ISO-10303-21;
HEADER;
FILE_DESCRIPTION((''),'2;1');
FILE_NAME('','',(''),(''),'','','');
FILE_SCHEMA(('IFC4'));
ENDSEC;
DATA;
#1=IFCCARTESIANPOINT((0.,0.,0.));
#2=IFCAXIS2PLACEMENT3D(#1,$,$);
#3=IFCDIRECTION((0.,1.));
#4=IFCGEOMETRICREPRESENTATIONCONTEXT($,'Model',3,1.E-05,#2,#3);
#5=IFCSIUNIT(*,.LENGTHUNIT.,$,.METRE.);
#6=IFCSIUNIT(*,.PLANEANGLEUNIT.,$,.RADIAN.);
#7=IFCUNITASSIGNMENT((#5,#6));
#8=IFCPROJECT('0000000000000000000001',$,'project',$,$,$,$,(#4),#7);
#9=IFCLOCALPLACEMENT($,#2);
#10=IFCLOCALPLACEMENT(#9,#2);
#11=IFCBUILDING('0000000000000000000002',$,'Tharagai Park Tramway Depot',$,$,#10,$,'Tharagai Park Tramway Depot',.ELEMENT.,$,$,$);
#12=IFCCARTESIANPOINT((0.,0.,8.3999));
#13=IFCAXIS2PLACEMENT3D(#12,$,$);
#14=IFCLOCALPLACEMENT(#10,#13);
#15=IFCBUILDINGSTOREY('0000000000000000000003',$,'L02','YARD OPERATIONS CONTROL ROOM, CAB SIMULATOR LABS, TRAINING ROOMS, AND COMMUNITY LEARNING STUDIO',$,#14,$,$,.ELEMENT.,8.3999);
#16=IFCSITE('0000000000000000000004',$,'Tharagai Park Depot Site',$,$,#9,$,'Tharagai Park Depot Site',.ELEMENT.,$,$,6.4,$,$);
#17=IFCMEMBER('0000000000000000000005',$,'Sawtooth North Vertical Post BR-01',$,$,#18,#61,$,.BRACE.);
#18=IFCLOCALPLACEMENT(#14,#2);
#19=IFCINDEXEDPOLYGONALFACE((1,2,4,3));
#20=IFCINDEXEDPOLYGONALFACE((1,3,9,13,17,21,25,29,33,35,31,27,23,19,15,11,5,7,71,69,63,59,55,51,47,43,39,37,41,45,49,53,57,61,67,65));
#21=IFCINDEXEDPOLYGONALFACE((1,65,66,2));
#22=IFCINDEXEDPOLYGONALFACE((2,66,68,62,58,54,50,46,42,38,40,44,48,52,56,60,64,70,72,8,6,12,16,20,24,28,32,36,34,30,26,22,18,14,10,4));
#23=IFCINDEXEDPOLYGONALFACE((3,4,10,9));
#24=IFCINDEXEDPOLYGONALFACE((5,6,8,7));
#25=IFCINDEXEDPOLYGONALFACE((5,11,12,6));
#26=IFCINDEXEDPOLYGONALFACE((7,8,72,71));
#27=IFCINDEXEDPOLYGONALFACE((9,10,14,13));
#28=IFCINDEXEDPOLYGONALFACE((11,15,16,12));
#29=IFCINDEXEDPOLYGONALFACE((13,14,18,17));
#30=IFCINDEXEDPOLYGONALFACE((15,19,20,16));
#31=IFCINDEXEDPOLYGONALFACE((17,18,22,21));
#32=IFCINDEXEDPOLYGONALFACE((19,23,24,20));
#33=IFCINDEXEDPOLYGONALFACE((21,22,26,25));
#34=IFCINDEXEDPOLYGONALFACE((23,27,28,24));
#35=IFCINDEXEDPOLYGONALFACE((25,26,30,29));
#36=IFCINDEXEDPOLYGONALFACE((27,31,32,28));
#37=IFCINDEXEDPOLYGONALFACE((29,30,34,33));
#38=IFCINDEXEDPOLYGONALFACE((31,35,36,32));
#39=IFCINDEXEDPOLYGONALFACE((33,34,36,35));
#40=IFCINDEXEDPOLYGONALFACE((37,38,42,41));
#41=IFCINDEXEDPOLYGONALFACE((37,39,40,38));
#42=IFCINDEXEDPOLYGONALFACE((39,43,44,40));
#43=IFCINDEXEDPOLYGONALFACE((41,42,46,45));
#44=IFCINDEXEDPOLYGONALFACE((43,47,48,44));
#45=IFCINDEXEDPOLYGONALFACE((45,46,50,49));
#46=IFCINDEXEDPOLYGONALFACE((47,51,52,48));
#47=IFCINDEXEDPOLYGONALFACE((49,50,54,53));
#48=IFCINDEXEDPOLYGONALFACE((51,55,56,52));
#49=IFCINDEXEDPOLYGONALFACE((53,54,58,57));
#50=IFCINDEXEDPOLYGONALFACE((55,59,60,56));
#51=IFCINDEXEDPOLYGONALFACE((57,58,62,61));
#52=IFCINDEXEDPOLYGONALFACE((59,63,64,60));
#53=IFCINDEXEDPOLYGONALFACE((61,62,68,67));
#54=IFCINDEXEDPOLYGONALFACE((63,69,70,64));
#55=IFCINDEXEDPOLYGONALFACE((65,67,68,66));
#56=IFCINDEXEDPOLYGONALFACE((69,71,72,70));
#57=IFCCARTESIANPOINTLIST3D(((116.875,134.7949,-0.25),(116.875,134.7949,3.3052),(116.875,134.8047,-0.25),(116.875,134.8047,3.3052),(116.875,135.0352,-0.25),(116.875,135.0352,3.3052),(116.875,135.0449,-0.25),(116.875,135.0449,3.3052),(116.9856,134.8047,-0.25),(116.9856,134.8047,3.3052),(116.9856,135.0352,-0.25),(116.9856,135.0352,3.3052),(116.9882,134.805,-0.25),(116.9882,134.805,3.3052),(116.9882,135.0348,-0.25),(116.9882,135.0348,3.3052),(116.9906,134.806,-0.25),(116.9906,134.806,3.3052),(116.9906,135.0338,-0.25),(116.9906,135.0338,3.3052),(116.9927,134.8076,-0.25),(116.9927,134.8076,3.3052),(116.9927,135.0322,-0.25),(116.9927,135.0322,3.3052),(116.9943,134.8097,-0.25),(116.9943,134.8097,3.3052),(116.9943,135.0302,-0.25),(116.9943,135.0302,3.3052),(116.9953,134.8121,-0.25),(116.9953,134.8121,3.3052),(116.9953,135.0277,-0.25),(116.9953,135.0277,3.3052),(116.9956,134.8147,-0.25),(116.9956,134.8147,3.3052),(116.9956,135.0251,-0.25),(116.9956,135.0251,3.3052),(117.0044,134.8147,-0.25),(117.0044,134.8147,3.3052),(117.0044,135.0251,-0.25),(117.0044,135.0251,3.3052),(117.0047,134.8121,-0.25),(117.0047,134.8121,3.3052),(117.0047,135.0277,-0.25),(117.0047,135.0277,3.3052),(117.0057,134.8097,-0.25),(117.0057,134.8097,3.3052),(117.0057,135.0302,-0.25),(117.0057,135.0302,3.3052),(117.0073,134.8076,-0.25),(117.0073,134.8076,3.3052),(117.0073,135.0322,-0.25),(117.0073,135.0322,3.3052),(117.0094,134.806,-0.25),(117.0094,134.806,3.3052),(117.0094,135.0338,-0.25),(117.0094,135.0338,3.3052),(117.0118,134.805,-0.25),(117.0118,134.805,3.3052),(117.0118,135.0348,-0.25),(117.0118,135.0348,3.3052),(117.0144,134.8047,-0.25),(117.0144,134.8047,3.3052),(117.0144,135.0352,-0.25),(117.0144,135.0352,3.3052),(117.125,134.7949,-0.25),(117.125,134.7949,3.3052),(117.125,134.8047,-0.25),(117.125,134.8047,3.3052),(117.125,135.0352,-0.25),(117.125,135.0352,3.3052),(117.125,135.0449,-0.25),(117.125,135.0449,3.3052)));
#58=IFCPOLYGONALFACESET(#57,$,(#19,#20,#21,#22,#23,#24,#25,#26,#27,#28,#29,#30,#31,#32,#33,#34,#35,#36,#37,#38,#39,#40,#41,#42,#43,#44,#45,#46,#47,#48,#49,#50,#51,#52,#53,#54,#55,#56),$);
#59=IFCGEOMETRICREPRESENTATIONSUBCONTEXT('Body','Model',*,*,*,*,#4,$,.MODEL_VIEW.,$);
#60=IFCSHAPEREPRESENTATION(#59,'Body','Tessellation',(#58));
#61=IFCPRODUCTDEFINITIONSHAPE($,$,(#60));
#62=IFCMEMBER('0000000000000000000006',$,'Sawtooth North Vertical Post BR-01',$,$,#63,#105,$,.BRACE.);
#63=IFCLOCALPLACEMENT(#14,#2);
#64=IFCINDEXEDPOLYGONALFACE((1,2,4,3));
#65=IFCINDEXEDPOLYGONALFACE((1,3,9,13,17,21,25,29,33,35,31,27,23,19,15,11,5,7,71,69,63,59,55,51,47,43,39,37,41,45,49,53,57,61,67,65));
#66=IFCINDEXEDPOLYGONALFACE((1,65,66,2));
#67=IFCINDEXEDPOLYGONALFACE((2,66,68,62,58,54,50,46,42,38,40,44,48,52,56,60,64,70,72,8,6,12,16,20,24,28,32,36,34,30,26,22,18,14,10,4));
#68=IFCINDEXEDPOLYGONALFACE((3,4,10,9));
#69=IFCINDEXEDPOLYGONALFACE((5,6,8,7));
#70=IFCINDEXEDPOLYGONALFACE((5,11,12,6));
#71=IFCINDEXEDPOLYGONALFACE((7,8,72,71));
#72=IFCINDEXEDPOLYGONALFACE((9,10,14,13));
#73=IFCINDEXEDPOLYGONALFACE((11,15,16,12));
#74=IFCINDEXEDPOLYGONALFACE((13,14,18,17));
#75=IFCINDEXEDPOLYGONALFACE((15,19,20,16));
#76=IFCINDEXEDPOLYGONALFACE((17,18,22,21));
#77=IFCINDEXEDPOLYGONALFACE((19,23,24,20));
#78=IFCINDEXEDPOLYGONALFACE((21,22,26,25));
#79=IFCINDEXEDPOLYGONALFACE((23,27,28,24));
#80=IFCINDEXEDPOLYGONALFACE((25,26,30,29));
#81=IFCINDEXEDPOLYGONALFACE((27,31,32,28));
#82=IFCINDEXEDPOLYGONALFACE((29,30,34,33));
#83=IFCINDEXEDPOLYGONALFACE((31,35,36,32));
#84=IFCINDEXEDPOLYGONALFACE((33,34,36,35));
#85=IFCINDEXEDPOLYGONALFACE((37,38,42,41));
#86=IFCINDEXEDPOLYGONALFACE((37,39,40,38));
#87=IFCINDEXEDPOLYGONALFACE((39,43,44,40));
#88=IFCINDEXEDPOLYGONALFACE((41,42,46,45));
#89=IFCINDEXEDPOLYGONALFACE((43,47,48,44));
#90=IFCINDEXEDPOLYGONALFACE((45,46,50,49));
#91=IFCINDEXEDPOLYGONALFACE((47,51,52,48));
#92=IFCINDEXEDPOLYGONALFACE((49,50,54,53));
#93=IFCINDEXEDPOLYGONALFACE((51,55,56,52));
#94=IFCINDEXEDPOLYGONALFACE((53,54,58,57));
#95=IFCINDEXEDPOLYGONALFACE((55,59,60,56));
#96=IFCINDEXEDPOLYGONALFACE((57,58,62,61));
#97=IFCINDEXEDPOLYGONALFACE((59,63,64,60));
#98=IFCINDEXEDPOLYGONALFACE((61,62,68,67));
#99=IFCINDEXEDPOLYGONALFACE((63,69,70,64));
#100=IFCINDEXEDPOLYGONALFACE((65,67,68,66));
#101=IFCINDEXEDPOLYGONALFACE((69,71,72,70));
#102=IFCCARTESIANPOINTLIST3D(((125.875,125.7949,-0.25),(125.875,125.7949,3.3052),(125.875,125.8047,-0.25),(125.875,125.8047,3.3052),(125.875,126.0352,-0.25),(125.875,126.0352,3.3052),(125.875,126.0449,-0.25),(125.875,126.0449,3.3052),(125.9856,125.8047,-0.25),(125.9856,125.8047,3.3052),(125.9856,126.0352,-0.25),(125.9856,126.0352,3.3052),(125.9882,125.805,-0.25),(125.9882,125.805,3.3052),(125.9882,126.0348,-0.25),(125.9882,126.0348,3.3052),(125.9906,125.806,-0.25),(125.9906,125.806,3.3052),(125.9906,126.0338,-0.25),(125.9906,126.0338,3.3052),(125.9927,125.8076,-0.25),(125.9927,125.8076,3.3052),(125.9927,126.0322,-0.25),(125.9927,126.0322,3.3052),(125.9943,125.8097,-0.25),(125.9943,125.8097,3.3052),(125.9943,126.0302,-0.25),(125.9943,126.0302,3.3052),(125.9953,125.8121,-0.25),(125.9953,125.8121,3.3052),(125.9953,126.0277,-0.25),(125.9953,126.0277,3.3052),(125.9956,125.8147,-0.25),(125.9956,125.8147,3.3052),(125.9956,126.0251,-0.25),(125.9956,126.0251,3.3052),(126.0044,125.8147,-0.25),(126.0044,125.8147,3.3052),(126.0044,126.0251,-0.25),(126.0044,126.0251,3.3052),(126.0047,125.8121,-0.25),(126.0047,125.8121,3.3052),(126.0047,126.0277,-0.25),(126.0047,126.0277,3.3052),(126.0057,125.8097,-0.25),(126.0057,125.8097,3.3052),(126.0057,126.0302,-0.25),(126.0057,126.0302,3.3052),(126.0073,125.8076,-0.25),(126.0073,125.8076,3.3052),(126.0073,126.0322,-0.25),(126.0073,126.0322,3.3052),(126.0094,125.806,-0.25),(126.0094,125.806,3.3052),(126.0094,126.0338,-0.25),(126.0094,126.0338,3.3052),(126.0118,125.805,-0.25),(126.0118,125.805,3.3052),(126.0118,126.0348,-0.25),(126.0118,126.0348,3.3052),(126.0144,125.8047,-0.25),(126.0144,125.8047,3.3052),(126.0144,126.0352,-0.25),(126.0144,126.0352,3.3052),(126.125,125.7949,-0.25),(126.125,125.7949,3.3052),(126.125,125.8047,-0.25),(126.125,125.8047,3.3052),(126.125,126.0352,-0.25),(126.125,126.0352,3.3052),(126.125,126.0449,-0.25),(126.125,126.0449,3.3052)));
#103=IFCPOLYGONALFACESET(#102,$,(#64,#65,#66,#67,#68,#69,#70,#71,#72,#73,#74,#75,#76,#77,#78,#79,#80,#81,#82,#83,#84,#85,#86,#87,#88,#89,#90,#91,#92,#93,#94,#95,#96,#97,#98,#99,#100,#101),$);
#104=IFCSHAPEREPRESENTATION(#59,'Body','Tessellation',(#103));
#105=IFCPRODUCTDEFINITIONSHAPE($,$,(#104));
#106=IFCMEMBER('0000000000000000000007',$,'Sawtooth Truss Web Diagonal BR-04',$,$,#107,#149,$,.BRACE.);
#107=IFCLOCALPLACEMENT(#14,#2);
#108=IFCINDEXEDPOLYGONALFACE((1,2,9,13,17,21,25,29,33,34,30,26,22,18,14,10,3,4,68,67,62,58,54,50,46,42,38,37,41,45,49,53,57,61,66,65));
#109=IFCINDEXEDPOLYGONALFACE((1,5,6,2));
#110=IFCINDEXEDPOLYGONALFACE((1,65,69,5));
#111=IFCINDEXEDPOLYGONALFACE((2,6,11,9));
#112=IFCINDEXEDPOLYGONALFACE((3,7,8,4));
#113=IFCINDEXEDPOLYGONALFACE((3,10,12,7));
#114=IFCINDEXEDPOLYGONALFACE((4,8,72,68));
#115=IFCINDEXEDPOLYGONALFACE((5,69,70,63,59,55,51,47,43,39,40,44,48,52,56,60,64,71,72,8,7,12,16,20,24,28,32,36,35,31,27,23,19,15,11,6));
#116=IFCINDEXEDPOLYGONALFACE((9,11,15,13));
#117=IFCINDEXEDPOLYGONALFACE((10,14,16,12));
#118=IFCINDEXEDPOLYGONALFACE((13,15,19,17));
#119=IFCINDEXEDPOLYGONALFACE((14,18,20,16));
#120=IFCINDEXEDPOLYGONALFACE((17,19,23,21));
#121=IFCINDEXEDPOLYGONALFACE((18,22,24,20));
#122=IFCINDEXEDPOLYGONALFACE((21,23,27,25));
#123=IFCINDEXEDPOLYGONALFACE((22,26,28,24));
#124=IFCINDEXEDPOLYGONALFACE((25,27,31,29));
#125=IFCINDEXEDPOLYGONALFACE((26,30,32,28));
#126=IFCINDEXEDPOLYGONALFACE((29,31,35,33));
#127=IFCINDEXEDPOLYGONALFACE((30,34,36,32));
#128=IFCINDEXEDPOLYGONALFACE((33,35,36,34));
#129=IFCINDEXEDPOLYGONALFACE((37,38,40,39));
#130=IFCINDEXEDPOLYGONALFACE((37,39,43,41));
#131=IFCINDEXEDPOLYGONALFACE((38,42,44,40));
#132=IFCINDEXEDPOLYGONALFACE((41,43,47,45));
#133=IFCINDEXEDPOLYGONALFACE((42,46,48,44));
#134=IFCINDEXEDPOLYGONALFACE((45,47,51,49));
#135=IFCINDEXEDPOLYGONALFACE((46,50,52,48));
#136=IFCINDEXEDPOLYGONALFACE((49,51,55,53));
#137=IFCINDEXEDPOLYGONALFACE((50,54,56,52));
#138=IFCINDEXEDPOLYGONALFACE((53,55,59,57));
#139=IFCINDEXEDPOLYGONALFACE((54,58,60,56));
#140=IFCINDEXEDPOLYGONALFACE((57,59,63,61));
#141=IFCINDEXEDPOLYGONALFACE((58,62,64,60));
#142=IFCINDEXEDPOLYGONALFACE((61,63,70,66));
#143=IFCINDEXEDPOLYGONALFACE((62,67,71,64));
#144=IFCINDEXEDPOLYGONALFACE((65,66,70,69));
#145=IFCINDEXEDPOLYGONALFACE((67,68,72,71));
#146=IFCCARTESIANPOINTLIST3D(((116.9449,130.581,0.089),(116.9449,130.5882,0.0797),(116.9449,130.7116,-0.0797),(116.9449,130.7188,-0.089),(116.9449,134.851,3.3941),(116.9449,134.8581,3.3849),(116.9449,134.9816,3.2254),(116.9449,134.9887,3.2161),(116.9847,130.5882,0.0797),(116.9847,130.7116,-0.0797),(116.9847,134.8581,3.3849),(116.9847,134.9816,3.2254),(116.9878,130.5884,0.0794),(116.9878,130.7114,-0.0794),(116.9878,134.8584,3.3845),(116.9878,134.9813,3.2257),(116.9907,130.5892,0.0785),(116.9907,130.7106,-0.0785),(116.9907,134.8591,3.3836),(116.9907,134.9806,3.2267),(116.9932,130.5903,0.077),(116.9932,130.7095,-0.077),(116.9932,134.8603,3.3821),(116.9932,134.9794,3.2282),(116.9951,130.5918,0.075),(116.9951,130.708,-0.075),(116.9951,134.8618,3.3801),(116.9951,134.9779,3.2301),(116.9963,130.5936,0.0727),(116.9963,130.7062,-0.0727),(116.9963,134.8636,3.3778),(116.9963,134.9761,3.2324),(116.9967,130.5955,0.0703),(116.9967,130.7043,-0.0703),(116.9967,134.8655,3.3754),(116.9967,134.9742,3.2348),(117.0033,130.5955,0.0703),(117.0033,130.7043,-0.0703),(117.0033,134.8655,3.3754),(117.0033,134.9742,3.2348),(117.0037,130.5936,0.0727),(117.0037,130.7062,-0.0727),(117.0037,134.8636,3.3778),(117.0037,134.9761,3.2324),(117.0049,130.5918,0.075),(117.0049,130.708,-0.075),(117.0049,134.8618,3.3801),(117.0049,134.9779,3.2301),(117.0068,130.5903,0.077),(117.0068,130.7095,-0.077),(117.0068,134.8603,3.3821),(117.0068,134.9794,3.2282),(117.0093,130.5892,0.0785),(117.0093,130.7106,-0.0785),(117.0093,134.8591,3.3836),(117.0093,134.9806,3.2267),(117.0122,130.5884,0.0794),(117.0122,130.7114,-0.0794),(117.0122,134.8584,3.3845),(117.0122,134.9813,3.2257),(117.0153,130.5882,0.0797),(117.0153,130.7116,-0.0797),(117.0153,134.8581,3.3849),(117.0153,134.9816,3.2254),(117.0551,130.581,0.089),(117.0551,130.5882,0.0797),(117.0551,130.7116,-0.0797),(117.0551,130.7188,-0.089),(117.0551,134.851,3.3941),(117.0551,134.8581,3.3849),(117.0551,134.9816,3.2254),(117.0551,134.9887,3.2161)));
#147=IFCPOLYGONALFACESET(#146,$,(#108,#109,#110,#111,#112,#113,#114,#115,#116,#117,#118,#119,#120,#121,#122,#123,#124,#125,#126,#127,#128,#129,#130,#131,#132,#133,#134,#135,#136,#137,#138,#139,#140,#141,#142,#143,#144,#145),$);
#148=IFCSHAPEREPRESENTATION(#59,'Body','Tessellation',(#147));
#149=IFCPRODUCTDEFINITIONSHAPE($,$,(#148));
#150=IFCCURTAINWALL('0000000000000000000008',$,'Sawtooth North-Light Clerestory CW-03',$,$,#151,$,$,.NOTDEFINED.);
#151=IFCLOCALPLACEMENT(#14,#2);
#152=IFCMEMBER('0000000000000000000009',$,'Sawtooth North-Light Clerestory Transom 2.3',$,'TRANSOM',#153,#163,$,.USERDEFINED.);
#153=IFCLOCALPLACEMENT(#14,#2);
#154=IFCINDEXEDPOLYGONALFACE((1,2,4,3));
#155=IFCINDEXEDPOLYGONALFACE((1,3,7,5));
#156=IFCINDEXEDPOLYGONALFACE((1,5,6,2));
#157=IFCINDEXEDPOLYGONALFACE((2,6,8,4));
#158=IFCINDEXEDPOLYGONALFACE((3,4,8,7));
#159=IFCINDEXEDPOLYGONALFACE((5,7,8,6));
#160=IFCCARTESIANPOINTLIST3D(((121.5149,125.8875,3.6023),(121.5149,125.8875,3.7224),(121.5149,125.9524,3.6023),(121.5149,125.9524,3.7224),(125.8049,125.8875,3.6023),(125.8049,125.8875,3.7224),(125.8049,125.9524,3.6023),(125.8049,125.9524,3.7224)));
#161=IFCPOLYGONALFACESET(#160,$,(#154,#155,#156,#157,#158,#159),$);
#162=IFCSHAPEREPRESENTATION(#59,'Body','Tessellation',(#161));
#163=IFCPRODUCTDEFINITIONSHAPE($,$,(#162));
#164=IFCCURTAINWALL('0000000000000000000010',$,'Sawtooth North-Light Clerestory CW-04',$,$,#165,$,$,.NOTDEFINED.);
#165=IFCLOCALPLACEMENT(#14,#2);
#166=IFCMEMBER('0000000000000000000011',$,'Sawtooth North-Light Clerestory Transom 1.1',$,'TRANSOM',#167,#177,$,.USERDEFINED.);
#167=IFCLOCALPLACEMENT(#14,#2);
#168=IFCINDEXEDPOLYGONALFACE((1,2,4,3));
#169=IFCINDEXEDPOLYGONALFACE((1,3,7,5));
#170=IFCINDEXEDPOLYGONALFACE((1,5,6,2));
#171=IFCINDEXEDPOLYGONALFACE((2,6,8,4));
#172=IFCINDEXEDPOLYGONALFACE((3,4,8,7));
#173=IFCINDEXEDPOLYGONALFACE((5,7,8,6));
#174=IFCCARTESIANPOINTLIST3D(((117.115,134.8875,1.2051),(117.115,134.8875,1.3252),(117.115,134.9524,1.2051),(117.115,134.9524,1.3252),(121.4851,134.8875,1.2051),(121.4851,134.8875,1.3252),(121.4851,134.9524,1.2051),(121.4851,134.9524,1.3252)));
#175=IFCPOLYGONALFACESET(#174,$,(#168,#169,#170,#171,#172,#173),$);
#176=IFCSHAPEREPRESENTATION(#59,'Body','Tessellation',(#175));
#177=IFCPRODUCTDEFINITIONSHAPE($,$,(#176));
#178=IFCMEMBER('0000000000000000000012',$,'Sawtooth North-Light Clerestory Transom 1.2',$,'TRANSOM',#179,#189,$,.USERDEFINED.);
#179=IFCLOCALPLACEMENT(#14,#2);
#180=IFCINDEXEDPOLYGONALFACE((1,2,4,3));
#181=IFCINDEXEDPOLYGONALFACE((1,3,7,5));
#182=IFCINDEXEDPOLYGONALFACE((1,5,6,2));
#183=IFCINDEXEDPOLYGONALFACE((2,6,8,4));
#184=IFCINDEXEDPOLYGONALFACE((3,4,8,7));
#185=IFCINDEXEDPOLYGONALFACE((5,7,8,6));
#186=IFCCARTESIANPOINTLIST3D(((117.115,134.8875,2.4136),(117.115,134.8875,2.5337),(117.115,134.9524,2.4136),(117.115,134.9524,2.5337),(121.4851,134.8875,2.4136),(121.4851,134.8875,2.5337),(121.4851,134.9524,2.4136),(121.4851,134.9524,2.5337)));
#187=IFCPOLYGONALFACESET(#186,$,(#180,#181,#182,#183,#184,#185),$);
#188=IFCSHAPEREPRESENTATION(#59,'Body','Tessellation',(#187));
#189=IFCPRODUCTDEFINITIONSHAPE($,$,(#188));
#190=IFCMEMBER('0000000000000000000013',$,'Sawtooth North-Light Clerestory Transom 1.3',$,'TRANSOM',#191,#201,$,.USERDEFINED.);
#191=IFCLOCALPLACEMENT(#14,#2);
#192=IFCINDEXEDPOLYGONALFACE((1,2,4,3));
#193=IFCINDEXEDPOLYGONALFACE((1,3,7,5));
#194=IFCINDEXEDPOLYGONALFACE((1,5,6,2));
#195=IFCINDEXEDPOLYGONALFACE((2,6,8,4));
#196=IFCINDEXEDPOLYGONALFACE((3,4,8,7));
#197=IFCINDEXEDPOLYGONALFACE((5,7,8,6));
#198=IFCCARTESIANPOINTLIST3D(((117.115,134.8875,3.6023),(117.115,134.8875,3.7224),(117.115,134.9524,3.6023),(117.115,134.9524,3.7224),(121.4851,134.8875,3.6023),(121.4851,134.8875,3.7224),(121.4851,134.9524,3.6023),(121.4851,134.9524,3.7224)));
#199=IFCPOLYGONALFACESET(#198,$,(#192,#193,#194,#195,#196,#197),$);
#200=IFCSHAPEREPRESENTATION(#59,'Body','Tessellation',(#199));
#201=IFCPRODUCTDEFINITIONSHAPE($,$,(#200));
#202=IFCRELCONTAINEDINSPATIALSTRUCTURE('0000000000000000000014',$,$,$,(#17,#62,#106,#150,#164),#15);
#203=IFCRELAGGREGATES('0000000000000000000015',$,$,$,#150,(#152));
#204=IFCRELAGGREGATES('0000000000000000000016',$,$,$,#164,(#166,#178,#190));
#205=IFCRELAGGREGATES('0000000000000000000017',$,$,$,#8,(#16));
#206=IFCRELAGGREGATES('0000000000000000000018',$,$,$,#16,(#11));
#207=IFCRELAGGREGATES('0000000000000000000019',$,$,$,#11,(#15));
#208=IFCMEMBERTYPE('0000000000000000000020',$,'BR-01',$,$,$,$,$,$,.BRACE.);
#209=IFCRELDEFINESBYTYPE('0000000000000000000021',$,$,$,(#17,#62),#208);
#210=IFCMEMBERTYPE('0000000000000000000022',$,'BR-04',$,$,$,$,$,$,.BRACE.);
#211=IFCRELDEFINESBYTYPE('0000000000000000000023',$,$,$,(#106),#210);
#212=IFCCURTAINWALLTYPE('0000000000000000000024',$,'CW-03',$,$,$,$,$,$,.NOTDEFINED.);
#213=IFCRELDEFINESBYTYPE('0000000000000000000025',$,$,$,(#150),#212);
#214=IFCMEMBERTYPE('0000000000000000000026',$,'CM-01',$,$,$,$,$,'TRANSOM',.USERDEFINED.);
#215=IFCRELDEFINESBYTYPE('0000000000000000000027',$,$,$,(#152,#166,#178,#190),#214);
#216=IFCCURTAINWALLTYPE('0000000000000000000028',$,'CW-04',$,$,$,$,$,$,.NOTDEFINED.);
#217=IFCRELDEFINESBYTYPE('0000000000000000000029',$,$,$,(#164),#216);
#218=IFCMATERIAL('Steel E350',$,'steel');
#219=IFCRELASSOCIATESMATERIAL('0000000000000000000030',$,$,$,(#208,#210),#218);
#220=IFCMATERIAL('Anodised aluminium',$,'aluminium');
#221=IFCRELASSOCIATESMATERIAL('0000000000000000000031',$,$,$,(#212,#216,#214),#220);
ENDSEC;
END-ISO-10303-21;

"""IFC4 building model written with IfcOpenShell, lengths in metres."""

from ifc_helpers import new_model, si_unit, direction, frame, origin, origin_2d, place, context, subcontext, project, spatial, rectangle, i_section, extrude, material, material_profile, profile_set, type_object, element, aggregate, save


model = new_model("IFC4")

# Units and contexts
model_context = context("Model", 3, precision=1e-05, world=origin(), true_north=direction((0.0, 1.0)))
body_context = subcontext(model_context, "Body", "Model", "MODEL_VIEW")
ifc_project = project(units=[si_unit("LENGTHUNIT", "METRE"), si_unit("PLANEANGLEUNIT", "RADIAN")], contexts=[model_context])

# Site, building, storey
site_placement = place(None, origin())
site = spatial("IfcSite", under=ifc_project, at=site_placement, Name="Tharagai Park Depot Site", LongName="Tharagai Park Depot Site", CompositionType="ELEMENT", RefElevation=6.4)
building_placement = place(site_placement, origin())
building = spatial("IfcBuilding", under=site, at=building_placement, Name="Tharagai Park Tramway Depot", LongName="Tharagai Park Tramway Depot", CompositionType="ELEMENT")
storey_placement = place(building_placement, frame((0.0, 0.0, 8.3999)))
storey = spatial("IfcBuildingStorey", under=building, at=storey_placement, Name="L02", Description="YARD OPERATIONS CONTROL ROOM, CAB SIMULATOR LABS, TRAINING ROOMS, AND COMMUNITY LEARNING STUDIO", CompositionType="ELEMENT", Elevation=8.3999)

# Members
ifc_material_1 = material(Name="Steel E350", Category="steel")
ifc_material_profile_1 = material_profile(ifc_material_1, i_section(OverallWidth=0.25, OverallDepth=0.25, WebThickness=0.0088, FlangeThickness=0.0098, FilletRadius=0.01, at=origin_2d()), Name="ISHB 250")
ifc_profile_set_1 = profile_set([ifc_material_profile_1], Name="Steel E350")
member_type_1 = type_object("IfcMemberType", Name="BR-01", PredefinedType="BRACE", material=ifc_profile_set_1)
for number, where, z_axis, x_axis, name in (
    (1, (117.0, 134.9199, -0.25), (0.0, 0.0, 1.0), (1.0, 0.0, 0.0), "Sawtooth North Vertical Post BR-01"),
    (2, (126.0, 125.9199, -0.25), (0.0, 0.0, 1.0), (1.0, 0.0, 0.0), "Sawtooth North Vertical Post BR-01"),
):
    element("IfcMember", number, at=place(storey_placement, frame(where, z_axis=z_axis, x_axis=x_axis)), inside=storey, type_object=member_type_1, Name=name, PredefinedType="BRACE", context=body_context, shape_type="SweptSolid", body=[
        extrude(i_section(OverallWidth=0.25, OverallDepth=0.25, WebThickness=0.0088, FlangeThickness=0.0098, FilletRadius=0.01, at=origin_2d()), origin(), (0.0, 0.0, 1.0), 3.5552),
    ])
ifc_material_profile_2 = material_profile(ifc_material_1, i_section(OverallWidth=0.1101, OverallDepth=0.2251, WebThickness=0.0066, FlangeThickness=0.0117, FilletRadius=0.012, at=origin_2d()), Name="ISMB 225")
ifc_profile_set_2 = profile_set([ifc_material_profile_2], Name="Steel E350")
member_type_2 = type_object("IfcMemberType", Name="BR-04", PredefinedType="BRACE", material=ifc_profile_set_2)
member_1_placement = place(storey_placement, frame((117.0, 130.6499, 0.0), z_axis=(0.0, 0.790782, 0.612098), x_axis=(-1.0, 0.0, 0.0)))
element("IfcMember", 3, at=member_1_placement, inside=storey, type_object=member_type_2, Name="Sawtooth Truss Web Diagonal BR-04", PredefinedType="BRACE", context=body_context, shape_type="SweptSolid", body=[
    extrude(i_section(OverallWidth=0.1101, OverallDepth=0.2251, WebThickness=0.0066, FlangeThickness=0.0117, FilletRadius=0.012, at=origin_2d()), origin(), (0.0, 0.0, 1.0), 5.3997),
])

# Curtain wall, member
ifc_material_2 = material(Name="Anodised aluminium", Category="aluminium")
curtain_wall_type_1 = type_object("IfcCurtainWallType", Name="CW-03", PredefinedType="NOTDEFINED", material=ifc_material_2)
curtain_wall_1_placement = place(storey_placement, origin())
curtain_wall_1 = element("IfcCurtainWall", 4, at=curtain_wall_1_placement, inside=storey, type_object=curtain_wall_type_1, Name="Sawtooth North-Light Clerestory CW-03", PredefinedType="NOTDEFINED")
ifc_material_profile_3 = material_profile(ifc_material_2, rectangle(XDim=0.0649, YDim=0.1201, at=origin_2d()), Name="ALU 65x120")
ifc_profile_set_3 = profile_set([ifc_material_profile_3], Name="Anodised aluminium")
member_type_3 = type_object("IfcMemberType", Name="CM-01", ElementType="TRANSOM", PredefinedType="USERDEFINED", material=ifc_profile_set_3)
member_2_placement = place(storey_placement, frame((121.5149, 125.9199, 3.6624), z_axis=(1.0, 0.0, 0.0), x_axis=(0.0, 1.0, 0.0)))
member_2 = element("IfcMember", 5, at=member_2_placement, type_object=member_type_3, Name="Sawtooth North-Light Clerestory Transom 2.3", ObjectType="TRANSOM", PredefinedType="USERDEFINED", context=body_context, shape_type="SweptSolid", body=[
    extrude(rectangle(XDim=0.0649, YDim=0.1201, at=origin_2d()), origin(), (0.0, 0.0, 1.0), 4.29),
])

# Curtain wall, members
curtain_wall_type_2 = type_object("IfcCurtainWallType", Name="CW-04", PredefinedType="NOTDEFINED", material=ifc_material_2)
curtain_wall_2_placement = place(storey_placement, origin())
curtain_wall_2 = element("IfcCurtainWall", 6, at=curtain_wall_2_placement, inside=storey, type_object=curtain_wall_type_2, Name="Sawtooth North-Light Clerestory CW-04", PredefinedType="NOTDEFINED")
member_3_placement = place(storey_placement, frame((117.115, 134.9199, 1.2651), z_axis=(1.0, 0.0, 0.0), x_axis=(0.0, 1.0, 0.0)))
member_3 = element("IfcMember", 7, at=member_3_placement, type_object=member_type_3, Name="Sawtooth North-Light Clerestory Transom 1.1", ObjectType="TRANSOM", PredefinedType="USERDEFINED", context=body_context, shape_type="SweptSolid", body=[
    extrude(rectangle(XDim=0.0649, YDim=0.1201, at=origin_2d()), origin(), (0.0, 0.0, 1.0), 4.3701),
])
member_4_placement = place(storey_placement, frame((117.115, 134.9199, 2.4736), z_axis=(1.0, 0.0, 0.0), x_axis=(0.0, 1.0, 0.0)))
member_4 = element("IfcMember", 8, at=member_4_placement, type_object=member_type_3, Name="Sawtooth North-Light Clerestory Transom 1.2", ObjectType="TRANSOM", PredefinedType="USERDEFINED", context=body_context, shape_type="SweptSolid", body=[
    extrude(rectangle(XDim=0.0649, YDim=0.1201, at=origin_2d()), origin(), (0.0, 0.0, 1.0), 4.3701),
])
member_5_placement = place(storey_placement, frame((117.115, 134.9199, 3.6624), z_axis=(1.0, 0.0, 0.0), x_axis=(0.0, 1.0, 0.0)))
member_5 = element("IfcMember", 9, at=member_5_placement, type_object=member_type_3, Name="Sawtooth North-Light Clerestory Transom 1.3", ObjectType="TRANSOM", PredefinedType="USERDEFINED", context=body_context, shape_type="SweptSolid", body=[
    extrude(rectangle(XDim=0.0649, YDim=0.1201, at=origin_2d()), origin(), (0.0, 0.0, 1.0), 4.3701),
])

aggregate(curtain_wall_1, [member_2])
aggregate(curtain_wall_2, [member_3, member_4, member_5])

save(model, "model.ifc")
